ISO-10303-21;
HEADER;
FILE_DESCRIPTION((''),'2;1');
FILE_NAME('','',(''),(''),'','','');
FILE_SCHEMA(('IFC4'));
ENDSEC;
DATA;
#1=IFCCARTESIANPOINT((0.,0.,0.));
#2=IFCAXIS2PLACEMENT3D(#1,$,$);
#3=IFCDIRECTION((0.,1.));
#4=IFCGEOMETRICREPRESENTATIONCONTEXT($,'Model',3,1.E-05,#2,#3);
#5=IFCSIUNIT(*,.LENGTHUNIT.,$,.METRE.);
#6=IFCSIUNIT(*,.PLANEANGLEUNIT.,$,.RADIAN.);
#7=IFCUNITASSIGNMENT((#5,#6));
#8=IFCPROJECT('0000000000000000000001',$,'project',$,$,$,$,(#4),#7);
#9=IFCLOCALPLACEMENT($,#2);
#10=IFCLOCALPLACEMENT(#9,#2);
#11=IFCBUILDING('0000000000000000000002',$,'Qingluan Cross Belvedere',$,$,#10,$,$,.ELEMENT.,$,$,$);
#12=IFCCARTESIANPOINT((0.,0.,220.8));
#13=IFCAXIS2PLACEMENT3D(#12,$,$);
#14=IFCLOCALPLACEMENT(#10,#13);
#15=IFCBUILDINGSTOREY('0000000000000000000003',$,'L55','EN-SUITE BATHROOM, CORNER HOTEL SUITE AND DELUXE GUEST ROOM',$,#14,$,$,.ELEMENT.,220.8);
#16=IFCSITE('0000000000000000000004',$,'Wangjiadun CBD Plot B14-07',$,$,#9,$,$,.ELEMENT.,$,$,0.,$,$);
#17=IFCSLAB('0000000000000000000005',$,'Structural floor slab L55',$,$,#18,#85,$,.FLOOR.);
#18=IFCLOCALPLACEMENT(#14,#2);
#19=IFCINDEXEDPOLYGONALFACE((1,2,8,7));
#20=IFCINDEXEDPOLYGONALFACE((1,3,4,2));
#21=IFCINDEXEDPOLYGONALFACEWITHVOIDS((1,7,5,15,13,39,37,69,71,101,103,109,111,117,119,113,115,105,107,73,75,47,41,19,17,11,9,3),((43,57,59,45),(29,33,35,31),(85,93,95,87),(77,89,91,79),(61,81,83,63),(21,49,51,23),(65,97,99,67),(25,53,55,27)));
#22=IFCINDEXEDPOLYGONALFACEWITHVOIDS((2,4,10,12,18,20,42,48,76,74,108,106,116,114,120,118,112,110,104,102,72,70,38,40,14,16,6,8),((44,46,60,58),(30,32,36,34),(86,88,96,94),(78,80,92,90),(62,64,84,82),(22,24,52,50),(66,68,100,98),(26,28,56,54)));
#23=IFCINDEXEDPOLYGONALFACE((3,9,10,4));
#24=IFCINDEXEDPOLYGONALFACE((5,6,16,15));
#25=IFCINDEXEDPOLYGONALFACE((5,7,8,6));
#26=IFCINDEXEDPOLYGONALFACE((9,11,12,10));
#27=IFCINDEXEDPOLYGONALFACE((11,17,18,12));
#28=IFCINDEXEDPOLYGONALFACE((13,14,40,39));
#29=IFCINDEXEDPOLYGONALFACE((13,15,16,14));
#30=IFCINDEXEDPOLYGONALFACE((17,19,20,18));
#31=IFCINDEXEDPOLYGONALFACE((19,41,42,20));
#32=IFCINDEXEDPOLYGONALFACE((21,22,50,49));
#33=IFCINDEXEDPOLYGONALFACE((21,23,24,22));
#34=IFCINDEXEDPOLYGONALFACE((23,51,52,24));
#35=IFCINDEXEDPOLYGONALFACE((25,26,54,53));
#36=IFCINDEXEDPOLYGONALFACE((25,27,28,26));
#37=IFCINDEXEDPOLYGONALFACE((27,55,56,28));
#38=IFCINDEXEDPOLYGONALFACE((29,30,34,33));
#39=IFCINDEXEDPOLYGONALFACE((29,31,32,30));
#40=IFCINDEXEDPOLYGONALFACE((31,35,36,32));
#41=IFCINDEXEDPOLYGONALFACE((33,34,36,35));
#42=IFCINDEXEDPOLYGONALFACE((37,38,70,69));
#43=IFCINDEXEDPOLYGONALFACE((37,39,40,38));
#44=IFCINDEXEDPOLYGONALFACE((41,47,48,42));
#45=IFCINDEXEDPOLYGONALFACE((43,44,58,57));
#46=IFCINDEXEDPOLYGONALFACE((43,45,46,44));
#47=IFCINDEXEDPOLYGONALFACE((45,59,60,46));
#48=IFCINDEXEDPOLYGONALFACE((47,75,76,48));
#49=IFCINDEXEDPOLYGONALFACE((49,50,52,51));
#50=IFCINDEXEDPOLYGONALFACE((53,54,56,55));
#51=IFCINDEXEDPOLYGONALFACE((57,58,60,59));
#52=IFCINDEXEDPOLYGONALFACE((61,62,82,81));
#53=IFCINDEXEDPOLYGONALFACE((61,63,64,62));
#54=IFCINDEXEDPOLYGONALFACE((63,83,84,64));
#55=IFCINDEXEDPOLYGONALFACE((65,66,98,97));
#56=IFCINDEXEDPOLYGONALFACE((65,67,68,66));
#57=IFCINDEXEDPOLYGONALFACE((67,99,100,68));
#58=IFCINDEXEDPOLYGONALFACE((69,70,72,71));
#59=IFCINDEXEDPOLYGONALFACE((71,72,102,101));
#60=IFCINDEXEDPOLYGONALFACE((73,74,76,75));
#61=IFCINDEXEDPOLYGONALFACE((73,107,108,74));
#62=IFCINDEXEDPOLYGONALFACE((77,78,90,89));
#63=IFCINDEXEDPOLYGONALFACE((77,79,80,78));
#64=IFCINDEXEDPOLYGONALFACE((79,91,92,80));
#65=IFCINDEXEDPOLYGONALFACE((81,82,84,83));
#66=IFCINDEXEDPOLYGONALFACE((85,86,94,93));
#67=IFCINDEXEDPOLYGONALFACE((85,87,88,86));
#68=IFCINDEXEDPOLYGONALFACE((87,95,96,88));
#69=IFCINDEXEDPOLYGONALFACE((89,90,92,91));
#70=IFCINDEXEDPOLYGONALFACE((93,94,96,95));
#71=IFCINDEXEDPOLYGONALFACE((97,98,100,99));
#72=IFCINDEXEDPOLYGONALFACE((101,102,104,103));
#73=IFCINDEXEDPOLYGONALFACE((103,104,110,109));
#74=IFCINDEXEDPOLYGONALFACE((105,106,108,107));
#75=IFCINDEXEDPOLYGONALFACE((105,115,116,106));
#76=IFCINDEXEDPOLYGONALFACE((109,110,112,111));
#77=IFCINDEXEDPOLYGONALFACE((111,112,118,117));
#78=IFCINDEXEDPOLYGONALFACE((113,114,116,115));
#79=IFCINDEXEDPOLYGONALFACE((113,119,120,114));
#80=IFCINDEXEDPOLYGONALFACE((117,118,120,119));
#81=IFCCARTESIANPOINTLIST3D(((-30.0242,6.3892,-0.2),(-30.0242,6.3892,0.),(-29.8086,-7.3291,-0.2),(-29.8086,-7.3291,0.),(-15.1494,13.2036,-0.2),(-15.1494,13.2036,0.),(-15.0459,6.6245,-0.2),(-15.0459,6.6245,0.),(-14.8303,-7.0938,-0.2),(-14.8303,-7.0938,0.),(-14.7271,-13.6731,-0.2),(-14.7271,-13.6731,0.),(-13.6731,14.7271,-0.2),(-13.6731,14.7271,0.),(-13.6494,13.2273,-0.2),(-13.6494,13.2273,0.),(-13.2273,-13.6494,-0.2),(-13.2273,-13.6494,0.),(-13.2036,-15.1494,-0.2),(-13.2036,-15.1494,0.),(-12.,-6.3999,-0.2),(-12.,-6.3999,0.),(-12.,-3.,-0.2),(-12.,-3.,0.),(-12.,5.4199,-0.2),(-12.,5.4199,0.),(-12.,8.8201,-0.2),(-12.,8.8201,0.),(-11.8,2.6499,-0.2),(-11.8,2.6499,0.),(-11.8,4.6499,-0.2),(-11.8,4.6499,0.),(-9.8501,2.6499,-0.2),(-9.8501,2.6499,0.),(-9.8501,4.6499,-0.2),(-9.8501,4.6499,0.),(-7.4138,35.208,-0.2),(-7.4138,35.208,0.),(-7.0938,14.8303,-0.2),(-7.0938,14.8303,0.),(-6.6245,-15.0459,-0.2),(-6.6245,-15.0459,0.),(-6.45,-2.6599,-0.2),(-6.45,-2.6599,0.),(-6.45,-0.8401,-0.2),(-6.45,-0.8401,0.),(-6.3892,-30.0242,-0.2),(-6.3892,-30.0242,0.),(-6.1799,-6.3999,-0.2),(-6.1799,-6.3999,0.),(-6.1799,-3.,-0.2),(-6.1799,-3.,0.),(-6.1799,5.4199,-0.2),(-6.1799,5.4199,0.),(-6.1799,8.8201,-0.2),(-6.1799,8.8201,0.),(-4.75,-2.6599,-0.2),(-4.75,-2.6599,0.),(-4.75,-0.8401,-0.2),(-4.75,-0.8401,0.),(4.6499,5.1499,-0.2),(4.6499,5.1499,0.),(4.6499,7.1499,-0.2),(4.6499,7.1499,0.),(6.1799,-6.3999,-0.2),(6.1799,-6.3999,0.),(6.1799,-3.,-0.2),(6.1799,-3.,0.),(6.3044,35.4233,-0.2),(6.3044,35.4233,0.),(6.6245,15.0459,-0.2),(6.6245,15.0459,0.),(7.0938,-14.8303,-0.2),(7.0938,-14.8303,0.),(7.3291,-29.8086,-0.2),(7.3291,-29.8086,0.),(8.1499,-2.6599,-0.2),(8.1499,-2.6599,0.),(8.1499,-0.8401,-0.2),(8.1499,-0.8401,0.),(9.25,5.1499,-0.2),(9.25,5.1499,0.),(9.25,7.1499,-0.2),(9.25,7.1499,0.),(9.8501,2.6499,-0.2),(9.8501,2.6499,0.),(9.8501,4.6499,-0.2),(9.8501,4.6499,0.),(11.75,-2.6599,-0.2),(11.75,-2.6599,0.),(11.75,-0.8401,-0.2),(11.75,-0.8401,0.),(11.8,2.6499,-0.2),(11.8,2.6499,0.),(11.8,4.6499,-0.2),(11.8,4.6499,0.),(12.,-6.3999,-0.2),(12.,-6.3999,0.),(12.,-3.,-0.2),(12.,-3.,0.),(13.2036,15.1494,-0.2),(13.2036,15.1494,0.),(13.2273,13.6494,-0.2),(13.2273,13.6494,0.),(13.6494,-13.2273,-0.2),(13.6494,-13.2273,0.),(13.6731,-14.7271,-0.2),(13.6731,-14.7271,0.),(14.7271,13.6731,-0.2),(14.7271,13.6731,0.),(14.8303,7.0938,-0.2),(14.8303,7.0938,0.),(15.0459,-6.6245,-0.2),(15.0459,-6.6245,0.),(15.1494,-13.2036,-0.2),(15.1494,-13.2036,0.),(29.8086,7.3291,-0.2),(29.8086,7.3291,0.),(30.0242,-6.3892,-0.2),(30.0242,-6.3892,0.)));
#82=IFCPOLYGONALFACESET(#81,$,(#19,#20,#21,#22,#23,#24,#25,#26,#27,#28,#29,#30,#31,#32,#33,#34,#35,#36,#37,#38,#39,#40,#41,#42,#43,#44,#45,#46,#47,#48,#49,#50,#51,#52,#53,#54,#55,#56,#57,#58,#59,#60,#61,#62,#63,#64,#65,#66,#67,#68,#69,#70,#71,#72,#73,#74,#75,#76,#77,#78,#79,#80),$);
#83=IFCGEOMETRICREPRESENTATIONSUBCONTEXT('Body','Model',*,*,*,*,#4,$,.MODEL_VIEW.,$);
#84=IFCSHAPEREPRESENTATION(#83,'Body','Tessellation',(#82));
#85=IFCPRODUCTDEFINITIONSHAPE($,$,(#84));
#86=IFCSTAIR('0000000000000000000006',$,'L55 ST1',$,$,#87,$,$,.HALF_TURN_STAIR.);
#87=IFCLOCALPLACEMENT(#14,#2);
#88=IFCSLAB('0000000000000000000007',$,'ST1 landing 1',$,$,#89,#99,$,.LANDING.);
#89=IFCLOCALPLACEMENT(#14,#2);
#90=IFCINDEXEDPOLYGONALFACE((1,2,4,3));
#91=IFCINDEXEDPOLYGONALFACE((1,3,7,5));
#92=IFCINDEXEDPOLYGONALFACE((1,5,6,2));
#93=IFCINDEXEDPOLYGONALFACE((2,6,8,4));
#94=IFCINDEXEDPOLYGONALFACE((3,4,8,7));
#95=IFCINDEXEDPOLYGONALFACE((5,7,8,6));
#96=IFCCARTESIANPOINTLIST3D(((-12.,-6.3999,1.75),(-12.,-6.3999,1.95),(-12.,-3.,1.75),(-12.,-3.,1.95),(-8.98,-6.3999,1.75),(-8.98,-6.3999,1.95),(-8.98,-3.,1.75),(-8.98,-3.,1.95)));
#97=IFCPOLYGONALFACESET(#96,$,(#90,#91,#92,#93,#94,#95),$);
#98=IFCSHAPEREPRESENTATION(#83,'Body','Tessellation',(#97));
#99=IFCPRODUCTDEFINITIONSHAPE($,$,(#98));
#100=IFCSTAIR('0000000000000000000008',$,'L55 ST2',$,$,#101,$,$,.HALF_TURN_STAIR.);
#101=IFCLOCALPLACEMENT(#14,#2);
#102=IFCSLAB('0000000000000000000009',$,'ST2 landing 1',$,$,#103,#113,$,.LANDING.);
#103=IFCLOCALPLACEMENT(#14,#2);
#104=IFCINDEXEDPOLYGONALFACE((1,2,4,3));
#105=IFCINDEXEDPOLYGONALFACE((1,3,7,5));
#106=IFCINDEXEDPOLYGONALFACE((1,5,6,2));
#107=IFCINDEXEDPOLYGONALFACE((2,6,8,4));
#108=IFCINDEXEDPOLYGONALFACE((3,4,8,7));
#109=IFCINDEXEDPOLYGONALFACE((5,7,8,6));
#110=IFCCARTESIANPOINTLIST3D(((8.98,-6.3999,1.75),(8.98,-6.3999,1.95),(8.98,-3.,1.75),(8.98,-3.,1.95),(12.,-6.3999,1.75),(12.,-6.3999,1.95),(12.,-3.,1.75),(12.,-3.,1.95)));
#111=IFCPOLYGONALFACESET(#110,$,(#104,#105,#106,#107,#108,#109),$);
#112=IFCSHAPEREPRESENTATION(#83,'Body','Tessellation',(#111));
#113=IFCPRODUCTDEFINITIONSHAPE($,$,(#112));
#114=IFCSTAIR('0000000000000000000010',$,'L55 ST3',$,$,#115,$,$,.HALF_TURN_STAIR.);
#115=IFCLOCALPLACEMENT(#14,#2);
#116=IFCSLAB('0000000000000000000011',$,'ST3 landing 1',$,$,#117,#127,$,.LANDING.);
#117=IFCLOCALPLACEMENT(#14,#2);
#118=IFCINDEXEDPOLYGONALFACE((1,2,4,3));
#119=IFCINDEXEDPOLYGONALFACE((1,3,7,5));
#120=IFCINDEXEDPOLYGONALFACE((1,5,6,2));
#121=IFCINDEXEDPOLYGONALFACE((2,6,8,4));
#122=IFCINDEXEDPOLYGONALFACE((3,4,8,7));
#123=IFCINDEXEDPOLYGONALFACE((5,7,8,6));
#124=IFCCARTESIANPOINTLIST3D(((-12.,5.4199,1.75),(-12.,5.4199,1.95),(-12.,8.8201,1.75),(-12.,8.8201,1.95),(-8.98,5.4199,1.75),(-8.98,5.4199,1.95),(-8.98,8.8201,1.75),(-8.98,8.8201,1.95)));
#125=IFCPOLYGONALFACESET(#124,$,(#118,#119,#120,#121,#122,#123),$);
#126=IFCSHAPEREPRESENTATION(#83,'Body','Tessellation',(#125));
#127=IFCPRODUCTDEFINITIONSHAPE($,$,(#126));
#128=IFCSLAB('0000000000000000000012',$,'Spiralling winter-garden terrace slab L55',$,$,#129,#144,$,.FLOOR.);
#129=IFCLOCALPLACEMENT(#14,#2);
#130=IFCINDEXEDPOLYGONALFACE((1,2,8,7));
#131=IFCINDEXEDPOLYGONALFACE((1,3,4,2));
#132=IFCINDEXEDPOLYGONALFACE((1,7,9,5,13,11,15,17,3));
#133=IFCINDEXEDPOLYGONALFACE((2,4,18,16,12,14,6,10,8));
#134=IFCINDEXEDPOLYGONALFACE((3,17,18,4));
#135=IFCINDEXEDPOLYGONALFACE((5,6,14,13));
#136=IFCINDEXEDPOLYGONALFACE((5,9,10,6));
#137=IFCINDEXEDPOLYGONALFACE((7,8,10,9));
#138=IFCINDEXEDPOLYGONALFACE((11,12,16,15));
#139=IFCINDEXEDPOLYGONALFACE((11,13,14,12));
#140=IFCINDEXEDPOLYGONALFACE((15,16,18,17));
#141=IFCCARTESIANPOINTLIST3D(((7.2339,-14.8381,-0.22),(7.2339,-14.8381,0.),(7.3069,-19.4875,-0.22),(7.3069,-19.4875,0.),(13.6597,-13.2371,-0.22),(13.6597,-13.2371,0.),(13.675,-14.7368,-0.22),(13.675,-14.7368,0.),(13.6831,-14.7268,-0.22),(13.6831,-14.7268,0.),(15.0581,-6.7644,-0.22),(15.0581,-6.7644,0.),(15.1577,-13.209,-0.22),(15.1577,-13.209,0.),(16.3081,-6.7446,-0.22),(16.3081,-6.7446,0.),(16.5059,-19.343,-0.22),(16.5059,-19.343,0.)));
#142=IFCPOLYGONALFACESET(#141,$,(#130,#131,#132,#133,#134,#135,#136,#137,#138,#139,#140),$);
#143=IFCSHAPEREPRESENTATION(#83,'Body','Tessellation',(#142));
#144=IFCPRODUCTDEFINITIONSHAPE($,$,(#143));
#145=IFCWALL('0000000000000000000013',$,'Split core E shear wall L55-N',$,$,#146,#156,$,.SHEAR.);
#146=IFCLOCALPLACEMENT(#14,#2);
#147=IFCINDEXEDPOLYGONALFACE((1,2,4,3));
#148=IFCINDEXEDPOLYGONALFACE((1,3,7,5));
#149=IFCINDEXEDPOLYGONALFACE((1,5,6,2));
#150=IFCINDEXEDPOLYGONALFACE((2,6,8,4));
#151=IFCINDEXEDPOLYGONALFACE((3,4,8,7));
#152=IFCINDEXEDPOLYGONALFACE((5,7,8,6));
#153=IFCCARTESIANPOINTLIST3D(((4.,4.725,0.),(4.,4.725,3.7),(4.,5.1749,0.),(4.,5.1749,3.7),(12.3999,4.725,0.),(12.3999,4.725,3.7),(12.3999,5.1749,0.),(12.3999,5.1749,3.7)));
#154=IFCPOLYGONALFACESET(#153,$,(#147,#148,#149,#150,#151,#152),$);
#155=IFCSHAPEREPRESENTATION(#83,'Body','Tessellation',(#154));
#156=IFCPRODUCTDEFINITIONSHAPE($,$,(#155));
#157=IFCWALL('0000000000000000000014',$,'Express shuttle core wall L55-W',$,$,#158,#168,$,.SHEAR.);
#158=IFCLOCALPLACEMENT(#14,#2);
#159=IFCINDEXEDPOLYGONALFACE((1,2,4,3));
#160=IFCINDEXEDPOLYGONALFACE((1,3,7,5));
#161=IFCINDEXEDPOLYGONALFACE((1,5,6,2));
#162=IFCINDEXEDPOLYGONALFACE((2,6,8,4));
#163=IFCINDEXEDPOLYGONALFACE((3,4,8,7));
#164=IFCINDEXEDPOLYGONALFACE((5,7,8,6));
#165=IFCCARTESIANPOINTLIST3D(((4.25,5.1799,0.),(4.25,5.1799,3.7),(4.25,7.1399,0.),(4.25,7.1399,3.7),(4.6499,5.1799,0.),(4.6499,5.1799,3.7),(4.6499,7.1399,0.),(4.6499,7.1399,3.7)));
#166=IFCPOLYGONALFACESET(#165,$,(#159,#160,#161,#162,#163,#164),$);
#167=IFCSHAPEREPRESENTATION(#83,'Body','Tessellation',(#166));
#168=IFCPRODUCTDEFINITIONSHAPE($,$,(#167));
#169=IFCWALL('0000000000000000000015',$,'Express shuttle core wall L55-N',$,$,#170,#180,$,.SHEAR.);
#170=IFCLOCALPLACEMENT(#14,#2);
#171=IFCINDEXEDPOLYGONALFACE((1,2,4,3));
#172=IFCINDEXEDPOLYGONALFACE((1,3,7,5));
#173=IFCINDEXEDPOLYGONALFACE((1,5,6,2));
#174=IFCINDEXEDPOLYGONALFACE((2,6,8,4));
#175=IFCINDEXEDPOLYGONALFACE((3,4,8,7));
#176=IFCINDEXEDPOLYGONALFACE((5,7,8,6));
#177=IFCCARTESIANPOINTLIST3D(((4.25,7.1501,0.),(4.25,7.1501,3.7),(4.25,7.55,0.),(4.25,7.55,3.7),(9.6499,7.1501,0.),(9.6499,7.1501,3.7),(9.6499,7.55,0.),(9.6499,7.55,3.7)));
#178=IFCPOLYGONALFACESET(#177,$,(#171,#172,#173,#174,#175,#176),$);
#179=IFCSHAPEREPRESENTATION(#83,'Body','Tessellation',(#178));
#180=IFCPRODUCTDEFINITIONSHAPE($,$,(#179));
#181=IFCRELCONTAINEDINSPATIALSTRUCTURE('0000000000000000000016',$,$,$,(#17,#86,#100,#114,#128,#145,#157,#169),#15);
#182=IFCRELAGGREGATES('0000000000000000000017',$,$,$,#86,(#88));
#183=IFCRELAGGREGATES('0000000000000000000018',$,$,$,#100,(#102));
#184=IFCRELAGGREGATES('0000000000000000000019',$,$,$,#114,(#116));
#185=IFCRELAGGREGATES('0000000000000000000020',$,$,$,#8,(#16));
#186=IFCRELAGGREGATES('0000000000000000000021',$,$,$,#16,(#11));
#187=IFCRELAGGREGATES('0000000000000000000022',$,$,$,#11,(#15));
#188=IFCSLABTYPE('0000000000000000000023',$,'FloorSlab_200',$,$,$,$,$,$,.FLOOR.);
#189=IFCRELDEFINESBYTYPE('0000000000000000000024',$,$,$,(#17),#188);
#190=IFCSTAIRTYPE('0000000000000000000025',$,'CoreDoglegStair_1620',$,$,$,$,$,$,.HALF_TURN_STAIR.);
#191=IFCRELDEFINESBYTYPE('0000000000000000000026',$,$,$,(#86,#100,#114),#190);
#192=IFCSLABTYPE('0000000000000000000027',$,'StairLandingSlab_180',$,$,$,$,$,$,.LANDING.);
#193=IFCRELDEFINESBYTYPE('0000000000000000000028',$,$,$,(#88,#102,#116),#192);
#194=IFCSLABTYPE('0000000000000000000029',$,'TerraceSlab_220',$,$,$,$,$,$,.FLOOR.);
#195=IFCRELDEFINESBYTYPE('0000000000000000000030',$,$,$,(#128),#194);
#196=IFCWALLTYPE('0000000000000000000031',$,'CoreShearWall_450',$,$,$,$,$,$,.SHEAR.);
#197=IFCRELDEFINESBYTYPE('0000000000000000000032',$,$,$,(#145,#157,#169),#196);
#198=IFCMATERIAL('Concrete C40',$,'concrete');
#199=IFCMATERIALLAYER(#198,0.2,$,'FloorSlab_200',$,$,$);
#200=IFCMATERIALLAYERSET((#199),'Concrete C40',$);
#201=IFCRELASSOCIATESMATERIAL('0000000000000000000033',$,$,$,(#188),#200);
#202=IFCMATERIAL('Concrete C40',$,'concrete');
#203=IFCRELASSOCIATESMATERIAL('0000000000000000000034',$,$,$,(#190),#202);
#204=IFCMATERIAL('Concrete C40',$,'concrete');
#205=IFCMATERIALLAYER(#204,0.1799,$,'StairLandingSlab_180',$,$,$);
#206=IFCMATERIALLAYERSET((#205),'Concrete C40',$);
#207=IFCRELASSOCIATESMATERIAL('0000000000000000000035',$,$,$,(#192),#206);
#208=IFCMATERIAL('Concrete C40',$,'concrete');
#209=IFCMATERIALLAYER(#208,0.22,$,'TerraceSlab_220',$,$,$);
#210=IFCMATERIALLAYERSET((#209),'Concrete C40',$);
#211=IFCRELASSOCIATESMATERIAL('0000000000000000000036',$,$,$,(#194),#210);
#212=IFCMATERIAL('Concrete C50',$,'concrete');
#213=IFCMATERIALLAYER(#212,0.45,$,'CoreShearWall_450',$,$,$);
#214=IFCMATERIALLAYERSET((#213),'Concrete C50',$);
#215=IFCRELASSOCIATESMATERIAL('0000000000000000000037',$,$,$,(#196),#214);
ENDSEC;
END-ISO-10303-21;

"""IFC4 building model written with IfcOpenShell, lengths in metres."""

from ifc_helpers import new_model, si_unit, direction, frame, frame_2d, origin, place, context, subcontext, project, spatial, polyline, rectangle, outline, extrude, material, layer, layer_set, type_object, element, aggregate, save


model = new_model("IFC4")

# Units and contexts
model_context = context("Model", 3, precision=1e-05, world=origin(), true_north=direction((0.0, 1.0)))
body_context = subcontext(model_context, "Body", "Model", "MODEL_VIEW")
ifc_project = project(units=[si_unit("LENGTHUNIT", "METRE"), si_unit("PLANEANGLEUNIT", "RADIAN")], contexts=[model_context])

# Site, building, storey
site_placement = place(None, origin())
site = spatial("IfcSite", under=ifc_project, at=site_placement, Name="Wangjiadun CBD Plot B14-07", CompositionType="ELEMENT", RefElevation=0.0)
building_placement = place(site_placement, origin())
building = spatial("IfcBuilding", under=site, at=building_placement, Name="Qingluan Cross Belvedere", CompositionType="ELEMENT")
storey_placement = place(building_placement, frame((0.0, 0.0, 220.8)))
storey = spatial("IfcBuildingStorey", under=building, at=storey_placement, Name="L55", Description="EN-SUITE BATHROOM, CORNER HOTEL SUITE AND DELUXE GUEST ROOM", CompositionType="ELEMENT", Elevation=220.8)

# Slab
ifc_material_1 = material(Name="Concrete C40", Category="concrete")
ifc_layer_1 = layer(ifc_material_1, 0.2, Name="FloorSlab_200")
ifc_layer_set_1 = layer_set([ifc_layer_1], Name="Concrete C40")
slab_type_1 = type_object("IfcSlabType", Name="FloorSlab_200", PredefinedType="FLOOR", material=ifc_layer_set_1)
slab_1_placement = place(storey_placement, frame((0.0, 0.0, -0.2)))
element("IfcSlab", 1, at=slab_1_placement, inside=storey, type_object=slab_type_1, Name="Structural floor slab L55", PredefinedType="FLOOR", context=body_context, shape_type="SweptSolid", body=[
    extrude(outline(polyline([(7.3291, -29.8086), (7.0938, -14.8303), (13.6731, -14.7271), (13.6494, -13.2273), (15.1494, -13.2036), (15.0459, -6.6245), (30.0242, -6.3892), (29.8086, 7.3291), (14.8303, 7.0938), (14.7271, 13.6731), (13.2273, 13.6494), (13.2036, 15.1494), (6.6245, 15.0459), (6.3044, 35.4233), (-7.4138, 35.208), (-7.0938, 14.8303), (-13.6731, 14.7271), (-13.6494, 13.2273), (-15.1494, 13.2036), (-15.0459, 6.6245), (-30.0242, 6.3892), (-29.8086, -7.3291), (-14.8303, -7.0938), (-14.7271, -13.6731), (-13.2273, -13.6494), (-13.2036, -15.1494), (-6.6245, -15.0459), (-6.3892, -30.0242), (7.3291, -29.8086)]), holes=[polyline([(-12.0, -3.0), (-6.1799, -3.0), (-6.1799, -6.3999), (-12.0, -6.3999), (-12.0, -3.0)]), polyline([(6.1799, -3.0), (12.0, -3.0), (12.0, -6.3999), (6.1799, -6.3999), (6.1799, -3.0)]), polyline([(-12.0, 8.8201), (-6.1799, 8.8201), (-6.1799, 5.4199), (-12.0, 5.4199), (-12.0, 8.8201)]), polyline([(-11.8, 4.6499), (-9.8501, 4.6499), (-9.8501, 2.6499), (-11.8, 2.6499), (-11.8, 4.6499)]), polyline([(9.8501, 4.6499), (11.8, 4.6499), (11.8, 2.6499), (9.8501, 2.6499), (9.8501, 4.6499)]), polyline([(-6.45, -0.8401), (-4.75, -0.8401), (-4.75, -2.6599), (-6.45, -2.6599), (-6.45, -0.8401)]), polyline([(8.1499, -0.8401), (11.75, -0.8401), (11.75, -2.6599), (8.1499, -2.6599), (8.1499, -0.8401)]), polyline([(4.6499, 7.1499), (9.25, 7.1499), (9.25, 5.1499), (4.6499, 5.1499), (4.6499, 7.1499)])]), origin(), (0.0, 0.0, 1.0), 0.2),
])

# Stairs, slabs
ifc_material_2 = material(Name="Concrete C40", Category="concrete")
stair_type = type_object("IfcStairType", Name="CoreDoglegStair_1620", PredefinedType="HALF_TURN_STAIR", material=ifc_material_2)
stair_1_placement = place(storey_placement, origin())
stair_1 = element("IfcStair", 2, at=stair_1_placement, inside=storey, type_object=stair_type, Name="L55 ST1", PredefinedType="HALF_TURN_STAIR")
ifc_material_3 = material(Name="Concrete C40", Category="concrete")
ifc_layer_2 = layer(ifc_material_3, 0.1799, Name="StairLandingSlab_180")
ifc_layer_set_2 = layer_set([ifc_layer_2], Name="Concrete C40")
slab_type_2 = type_object("IfcSlabType", Name="StairLandingSlab_180", PredefinedType="LANDING", material=ifc_layer_set_2)
slab_2_placement = place(storey_placement, frame((0.0, 0.0, 1.75)))
slab_2 = element("IfcSlab", 3, at=slab_2_placement, type_object=slab_type_2, Name="ST1 landing 1", PredefinedType="LANDING", context=body_context, shape_type="SweptSolid", body=[
    extrude(outline(polyline([(-8.98, -3.0), (-12.0, -3.0), (-12.0, -6.3999), (-8.98, -6.3999), (-8.98, -3.0)])), origin(), (0.0, 0.0, 1.0), 0.2),
])
aggregate(stair_1, [slab_2])
stair_2_placement = place(storey_placement, origin())
stair_2 = element("IfcStair", 4, at=stair_2_placement, inside=storey, type_object=stair_type, Name="L55 ST2", PredefinedType="HALF_TURN_STAIR")
slab_3_placement = place(storey_placement, frame((0.0, 0.0, 1.75)))
slab_3 = element("IfcSlab", 5, at=slab_3_placement, type_object=slab_type_2, Name="ST2 landing 1", PredefinedType="LANDING", context=body_context, shape_type="SweptSolid", body=[
    extrude(outline(polyline([(8.98, -6.3999), (12.0, -6.3999), (12.0, -3.0), (8.98, -3.0), (8.98, -6.3999)])), origin(), (0.0, 0.0, 1.0), 0.2),
])
aggregate(stair_2, [slab_3])
stair_3_placement = place(storey_placement, origin())
stair_3 = element("IfcStair", 6, at=stair_3_placement, inside=storey, type_object=stair_type, Name="L55 ST3", PredefinedType="HALF_TURN_STAIR")
slab_4_placement = place(storey_placement, frame((0.0, 0.0, 1.75)))
slab_4 = element("IfcSlab", 7, at=slab_4_placement, type_object=slab_type_2, Name="ST3 landing 1", PredefinedType="LANDING", context=body_context, shape_type="SweptSolid", body=[
    extrude(outline(polyline([(-8.98, 8.8201), (-12.0, 8.8201), (-12.0, 5.4199), (-8.98, 5.4199), (-8.98, 8.8201)])), origin(), (0.0, 0.0, 1.0), 0.2),
])
aggregate(stair_3, [slab_4])

# Slab
ifc_material_4 = material(Name="Concrete C40", Category="concrete")
ifc_layer_3 = layer(ifc_material_4, 0.22, Name="TerraceSlab_220")
ifc_layer_set_3 = layer_set([ifc_layer_3], Name="Concrete C40")
slab_type_3 = type_object("IfcSlabType", Name="TerraceSlab_220", PredefinedType="FLOOR", material=ifc_layer_set_3)
slab_5_placement = place(storey_placement, frame((0.0, 0.0, -0.22)))
element("IfcSlab", 8, at=slab_5_placement, inside=storey, type_object=slab_type_3, Name="Spiralling winter-garden terrace slab L55", PredefinedType="FLOOR", context=body_context, shape_type="SweptSolid", body=[
    extrude(outline(polyline([(15.0581, -6.7644), (15.1577, -13.209), (13.6597, -13.2371), (13.6831, -14.7268), (13.675, -14.7368), (7.2339, -14.8381), (7.3069, -19.4875), (16.5059, -19.343), (16.3081, -6.7446), (15.0581, -6.7644)])), origin(), (0.0, 0.0, 1.0), 0.22),
])

# Walls
ifc_material_5 = material(Name="Concrete C50", Category="concrete")
ifc_layer_4 = layer(ifc_material_5, 0.45, Name="CoreShearWall_450")
ifc_layer_set_4 = layer_set([ifc_layer_4], Name="Concrete C50")
wall_type_1 = type_object("IfcWallType", Name="CoreShearWall_450", PredefinedType="SHEAR", material=ifc_layer_set_4)
wall_1_placement = place(storey_placement, frame((4.0, 4.95, 0.0), z_axis=(0.0, 0.0, 1.0), x_axis=(1.0, 0.0, 0.0)))
element("IfcWall", 9, at=wall_1_placement, inside=storey, type_object=wall_type_1, Name="Split core E shear wall L55-N", PredefinedType="SHEAR", context=body_context, shape_type="SweptSolid", body=[
    extrude(rectangle(XDim=8.3999, YDim=0.45, at=frame_2d((4.2, 0.0))), origin(), (0.0, 0.0, 1.0), 3.7),
])
wall_2_placement = place(storey_placement, frame((4.45, 5.1799, 0.0), z_axis=(0.0, 0.0, 1.0), x_axis=(0.0, 1.0, 0.0)))
element("IfcWall", 10, at=wall_2_placement, inside=storey, type_object=wall_type_1, Name="Express shuttle core wall L55-W", PredefinedType="SHEAR", context=body_context, shape_type="SweptSolid", body=[
    extrude(rectangle(XDim=1.96, YDim=0.3999, at=frame_2d((0.98, 0.0))), origin(), (0.0, 0.0, 1.0), 3.7),
])
wall_3_placement = place(storey_placement, frame((4.25, 7.3501, 0.0), z_axis=(0.0, 0.0, 1.0), x_axis=(1.0, 0.0, 0.0)))
element("IfcWall", 11, at=wall_3_placement, inside=storey, type_object=wall_type_1, Name="Express shuttle core wall L55-N", PredefinedType="SHEAR", context=body_context, shape_type="SweptSolid", body=[
    extrude(rectangle(XDim=5.3999, YDim=0.3999, at=frame_2d((2.7, 0.0))), origin(), (0.0, 0.0, 1.0), 3.7),
])

save(model, "model.ifc")
